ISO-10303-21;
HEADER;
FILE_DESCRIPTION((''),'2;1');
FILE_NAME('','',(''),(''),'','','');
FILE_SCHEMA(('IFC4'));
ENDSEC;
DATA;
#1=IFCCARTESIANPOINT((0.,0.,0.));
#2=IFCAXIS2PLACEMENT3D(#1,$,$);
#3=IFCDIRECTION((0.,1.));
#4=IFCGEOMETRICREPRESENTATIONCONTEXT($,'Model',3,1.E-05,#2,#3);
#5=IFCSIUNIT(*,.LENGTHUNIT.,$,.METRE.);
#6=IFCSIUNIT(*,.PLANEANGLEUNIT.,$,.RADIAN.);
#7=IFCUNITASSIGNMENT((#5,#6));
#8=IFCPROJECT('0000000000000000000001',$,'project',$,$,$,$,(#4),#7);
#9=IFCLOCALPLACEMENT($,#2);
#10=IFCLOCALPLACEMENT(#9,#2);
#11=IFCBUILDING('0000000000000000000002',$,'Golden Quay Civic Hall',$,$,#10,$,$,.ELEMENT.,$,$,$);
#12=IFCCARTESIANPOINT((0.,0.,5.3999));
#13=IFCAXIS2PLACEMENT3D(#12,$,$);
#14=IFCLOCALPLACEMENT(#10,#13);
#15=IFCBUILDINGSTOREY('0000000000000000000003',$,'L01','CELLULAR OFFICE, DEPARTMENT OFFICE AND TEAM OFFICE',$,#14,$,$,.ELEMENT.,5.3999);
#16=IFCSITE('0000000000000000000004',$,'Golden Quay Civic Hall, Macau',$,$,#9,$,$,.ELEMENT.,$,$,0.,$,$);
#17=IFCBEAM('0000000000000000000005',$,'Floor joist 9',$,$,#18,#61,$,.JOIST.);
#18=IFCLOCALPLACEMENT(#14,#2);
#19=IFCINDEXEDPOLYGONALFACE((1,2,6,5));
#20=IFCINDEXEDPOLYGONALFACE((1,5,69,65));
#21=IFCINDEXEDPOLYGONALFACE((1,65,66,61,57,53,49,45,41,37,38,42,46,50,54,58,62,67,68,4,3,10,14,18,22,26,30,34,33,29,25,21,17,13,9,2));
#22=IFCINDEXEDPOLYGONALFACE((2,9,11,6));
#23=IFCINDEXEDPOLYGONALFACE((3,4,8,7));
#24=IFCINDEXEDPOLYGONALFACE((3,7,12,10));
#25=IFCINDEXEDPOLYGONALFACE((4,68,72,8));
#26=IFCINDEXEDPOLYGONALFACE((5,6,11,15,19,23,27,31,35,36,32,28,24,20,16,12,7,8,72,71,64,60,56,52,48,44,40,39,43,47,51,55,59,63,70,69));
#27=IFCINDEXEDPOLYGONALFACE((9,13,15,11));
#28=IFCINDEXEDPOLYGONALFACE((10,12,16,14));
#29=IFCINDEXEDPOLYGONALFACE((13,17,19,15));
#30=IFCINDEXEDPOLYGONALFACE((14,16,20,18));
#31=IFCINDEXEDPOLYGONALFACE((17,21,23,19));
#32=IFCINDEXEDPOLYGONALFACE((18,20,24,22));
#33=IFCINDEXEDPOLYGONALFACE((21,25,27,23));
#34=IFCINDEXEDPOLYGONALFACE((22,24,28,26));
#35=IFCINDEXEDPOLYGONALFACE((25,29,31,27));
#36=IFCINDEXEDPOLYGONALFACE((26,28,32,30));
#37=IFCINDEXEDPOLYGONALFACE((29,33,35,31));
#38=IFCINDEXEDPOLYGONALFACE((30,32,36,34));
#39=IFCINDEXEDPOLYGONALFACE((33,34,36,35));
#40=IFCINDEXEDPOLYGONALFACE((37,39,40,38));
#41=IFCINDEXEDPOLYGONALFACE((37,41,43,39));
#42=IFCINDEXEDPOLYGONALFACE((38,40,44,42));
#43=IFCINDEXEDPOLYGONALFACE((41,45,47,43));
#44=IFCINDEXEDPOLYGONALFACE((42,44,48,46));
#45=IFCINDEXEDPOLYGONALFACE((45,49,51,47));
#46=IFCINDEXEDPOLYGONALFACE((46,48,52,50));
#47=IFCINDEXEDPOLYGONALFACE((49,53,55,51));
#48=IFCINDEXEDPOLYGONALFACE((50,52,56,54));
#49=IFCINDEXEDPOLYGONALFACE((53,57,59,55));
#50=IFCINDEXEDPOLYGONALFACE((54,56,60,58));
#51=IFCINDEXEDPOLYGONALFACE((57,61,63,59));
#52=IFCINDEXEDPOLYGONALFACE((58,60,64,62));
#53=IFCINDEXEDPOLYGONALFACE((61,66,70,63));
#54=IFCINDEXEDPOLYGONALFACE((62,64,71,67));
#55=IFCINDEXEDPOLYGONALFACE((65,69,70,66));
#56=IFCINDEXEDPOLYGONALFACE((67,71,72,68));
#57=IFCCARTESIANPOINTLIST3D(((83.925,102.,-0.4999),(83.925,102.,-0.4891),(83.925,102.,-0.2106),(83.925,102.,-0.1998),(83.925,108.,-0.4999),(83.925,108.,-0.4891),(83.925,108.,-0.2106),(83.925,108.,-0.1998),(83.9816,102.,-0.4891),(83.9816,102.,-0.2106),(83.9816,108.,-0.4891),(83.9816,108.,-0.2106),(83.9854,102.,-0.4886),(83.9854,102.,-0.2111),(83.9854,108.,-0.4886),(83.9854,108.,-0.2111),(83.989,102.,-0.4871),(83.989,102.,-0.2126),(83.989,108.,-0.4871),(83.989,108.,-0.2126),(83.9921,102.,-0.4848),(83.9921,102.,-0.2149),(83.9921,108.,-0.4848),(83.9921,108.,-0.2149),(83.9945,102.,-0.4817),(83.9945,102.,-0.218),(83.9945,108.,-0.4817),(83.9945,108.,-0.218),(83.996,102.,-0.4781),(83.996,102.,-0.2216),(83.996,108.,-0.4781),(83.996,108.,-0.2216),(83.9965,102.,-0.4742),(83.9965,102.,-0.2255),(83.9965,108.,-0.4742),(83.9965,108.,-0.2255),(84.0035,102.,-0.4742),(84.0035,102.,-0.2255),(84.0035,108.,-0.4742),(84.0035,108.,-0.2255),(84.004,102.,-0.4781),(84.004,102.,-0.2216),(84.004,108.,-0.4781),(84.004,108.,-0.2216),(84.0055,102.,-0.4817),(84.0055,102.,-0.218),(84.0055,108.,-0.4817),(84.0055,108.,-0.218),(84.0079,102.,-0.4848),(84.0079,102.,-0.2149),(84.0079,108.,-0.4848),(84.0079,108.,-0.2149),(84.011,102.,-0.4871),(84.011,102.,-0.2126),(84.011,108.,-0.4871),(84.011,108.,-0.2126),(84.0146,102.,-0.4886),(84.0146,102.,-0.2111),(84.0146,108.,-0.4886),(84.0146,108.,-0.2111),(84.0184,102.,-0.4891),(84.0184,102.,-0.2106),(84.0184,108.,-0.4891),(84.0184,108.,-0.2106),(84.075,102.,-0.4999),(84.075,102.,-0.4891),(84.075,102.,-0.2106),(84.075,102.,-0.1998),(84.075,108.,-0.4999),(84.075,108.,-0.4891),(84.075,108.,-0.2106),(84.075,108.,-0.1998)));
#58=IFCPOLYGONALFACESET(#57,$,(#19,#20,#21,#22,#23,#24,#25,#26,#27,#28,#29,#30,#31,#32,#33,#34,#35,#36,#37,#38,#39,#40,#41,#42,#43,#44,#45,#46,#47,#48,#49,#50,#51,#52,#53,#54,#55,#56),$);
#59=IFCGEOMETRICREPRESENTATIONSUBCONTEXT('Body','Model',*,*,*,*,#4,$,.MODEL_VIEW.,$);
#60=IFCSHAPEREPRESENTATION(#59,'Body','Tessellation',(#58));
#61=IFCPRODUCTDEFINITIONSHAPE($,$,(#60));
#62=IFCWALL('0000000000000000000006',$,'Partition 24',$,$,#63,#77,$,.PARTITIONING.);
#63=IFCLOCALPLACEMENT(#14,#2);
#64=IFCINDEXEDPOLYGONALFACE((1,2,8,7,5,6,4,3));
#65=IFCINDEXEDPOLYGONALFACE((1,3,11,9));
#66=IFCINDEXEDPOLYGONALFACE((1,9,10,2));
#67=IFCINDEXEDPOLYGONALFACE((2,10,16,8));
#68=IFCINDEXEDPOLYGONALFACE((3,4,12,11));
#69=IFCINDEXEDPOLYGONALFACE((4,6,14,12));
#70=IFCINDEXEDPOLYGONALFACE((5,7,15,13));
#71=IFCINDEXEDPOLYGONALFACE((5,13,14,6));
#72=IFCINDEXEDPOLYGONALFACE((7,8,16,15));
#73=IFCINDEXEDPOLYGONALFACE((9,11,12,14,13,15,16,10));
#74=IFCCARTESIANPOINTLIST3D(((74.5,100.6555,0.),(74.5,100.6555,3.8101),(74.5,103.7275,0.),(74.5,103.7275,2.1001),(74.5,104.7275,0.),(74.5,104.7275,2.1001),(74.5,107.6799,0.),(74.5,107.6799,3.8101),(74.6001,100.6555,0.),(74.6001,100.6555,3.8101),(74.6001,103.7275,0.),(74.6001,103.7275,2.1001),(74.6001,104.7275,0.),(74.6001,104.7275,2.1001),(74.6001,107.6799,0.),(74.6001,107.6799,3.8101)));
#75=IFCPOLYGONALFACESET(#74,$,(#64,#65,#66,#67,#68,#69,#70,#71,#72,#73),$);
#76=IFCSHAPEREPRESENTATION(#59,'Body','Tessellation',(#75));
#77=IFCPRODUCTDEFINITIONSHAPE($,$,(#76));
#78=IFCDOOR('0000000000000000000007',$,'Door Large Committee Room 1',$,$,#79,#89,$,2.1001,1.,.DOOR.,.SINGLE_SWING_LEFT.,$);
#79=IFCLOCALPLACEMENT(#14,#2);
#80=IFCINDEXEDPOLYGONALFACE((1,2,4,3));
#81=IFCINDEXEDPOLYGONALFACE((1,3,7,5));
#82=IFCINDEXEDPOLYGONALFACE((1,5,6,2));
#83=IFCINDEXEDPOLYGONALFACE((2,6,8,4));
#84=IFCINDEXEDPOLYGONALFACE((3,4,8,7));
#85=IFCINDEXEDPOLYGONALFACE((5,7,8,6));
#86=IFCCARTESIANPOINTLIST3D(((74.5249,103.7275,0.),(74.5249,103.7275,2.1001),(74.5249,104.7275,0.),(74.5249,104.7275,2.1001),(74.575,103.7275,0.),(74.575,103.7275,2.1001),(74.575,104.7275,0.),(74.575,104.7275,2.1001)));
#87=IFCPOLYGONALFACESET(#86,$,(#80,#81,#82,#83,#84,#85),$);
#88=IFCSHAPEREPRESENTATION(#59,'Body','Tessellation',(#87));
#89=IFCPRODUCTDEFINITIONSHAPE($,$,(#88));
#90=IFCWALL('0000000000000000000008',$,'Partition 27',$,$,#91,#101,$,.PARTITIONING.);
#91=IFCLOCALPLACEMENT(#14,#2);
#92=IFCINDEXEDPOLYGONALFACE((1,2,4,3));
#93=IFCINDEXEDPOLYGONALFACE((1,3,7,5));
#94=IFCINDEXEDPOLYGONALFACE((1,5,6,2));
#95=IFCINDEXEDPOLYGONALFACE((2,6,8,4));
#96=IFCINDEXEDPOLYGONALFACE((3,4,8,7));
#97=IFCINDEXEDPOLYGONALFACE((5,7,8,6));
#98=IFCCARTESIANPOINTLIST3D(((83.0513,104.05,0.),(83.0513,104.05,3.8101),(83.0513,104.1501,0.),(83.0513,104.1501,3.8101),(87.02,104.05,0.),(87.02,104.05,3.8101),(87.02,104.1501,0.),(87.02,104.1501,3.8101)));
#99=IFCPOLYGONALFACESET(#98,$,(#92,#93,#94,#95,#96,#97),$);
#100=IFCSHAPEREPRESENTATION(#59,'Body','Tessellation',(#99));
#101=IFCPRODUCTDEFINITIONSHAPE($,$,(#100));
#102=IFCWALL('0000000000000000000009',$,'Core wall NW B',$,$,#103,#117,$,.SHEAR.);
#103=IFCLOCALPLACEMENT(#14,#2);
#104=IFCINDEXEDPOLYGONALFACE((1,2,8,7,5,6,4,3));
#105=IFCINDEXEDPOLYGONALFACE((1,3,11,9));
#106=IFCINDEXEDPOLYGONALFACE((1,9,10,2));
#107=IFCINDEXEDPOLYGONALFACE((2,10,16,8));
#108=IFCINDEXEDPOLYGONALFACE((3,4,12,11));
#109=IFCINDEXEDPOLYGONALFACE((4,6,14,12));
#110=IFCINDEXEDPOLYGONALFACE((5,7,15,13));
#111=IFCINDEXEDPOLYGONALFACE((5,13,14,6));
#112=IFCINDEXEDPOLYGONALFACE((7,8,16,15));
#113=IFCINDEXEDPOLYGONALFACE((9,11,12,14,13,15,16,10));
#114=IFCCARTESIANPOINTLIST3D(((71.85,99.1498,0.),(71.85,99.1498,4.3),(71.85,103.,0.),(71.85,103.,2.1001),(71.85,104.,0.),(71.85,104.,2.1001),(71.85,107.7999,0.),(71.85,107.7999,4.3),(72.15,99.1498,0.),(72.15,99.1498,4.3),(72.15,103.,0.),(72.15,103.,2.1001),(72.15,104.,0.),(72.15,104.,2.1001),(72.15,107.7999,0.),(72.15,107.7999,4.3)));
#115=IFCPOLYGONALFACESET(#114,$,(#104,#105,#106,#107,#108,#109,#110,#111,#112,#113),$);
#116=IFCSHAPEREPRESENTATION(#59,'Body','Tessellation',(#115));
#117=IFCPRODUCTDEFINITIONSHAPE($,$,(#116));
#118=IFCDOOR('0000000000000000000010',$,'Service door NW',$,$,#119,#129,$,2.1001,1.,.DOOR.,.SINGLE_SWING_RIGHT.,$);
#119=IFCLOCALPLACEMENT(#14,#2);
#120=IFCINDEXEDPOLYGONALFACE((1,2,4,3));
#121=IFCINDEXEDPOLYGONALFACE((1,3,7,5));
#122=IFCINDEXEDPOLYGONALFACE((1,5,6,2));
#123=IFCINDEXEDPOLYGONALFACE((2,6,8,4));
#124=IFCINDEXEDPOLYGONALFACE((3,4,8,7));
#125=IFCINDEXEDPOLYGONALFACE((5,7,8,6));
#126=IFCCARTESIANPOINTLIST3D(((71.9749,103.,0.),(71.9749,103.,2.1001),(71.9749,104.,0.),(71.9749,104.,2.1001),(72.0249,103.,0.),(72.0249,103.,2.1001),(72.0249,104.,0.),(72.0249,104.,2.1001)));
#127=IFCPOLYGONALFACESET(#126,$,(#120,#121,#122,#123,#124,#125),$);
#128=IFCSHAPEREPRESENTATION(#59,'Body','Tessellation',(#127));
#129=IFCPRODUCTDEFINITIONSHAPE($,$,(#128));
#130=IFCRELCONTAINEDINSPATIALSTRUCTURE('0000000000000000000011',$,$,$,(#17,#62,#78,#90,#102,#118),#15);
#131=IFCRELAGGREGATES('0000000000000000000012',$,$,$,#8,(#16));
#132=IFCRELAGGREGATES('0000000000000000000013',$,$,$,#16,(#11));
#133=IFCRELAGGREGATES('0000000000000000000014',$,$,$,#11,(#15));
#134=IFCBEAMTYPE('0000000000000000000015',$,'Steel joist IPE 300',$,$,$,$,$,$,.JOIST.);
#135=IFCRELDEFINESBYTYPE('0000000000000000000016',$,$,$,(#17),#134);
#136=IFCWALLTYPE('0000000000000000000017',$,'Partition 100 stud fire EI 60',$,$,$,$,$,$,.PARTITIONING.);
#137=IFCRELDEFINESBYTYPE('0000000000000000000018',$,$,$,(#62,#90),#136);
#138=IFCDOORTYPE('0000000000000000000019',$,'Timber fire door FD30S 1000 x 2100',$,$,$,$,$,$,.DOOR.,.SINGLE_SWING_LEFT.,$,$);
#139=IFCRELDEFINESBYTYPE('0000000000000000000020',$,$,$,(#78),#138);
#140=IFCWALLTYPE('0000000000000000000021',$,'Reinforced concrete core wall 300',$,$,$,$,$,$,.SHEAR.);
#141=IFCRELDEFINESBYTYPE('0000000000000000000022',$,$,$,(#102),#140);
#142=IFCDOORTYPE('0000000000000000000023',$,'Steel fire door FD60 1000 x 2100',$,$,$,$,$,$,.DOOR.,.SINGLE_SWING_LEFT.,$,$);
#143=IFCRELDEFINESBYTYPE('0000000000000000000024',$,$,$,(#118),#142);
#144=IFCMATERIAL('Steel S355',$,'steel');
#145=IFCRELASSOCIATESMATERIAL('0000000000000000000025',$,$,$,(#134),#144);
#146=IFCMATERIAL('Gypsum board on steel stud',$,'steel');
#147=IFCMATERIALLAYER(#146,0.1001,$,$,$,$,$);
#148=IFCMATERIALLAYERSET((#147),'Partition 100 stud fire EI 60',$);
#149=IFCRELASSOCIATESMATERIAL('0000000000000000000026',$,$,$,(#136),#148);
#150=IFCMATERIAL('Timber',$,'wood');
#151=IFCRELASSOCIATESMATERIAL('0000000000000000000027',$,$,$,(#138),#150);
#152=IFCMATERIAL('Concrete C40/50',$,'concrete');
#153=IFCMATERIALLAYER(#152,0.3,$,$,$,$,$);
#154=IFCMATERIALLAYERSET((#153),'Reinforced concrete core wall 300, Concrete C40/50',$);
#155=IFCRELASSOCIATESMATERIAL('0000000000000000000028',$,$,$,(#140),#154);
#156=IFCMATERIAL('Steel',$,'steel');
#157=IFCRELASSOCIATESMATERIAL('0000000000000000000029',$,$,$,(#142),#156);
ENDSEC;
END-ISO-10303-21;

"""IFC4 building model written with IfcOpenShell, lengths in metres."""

from ifc_helpers import new_model, si_unit, direction, frame, frame_2d, origin, origin_2d, place, context, subcontext, project, spatial, rectangle, i_section, extrude, material, layer, layer_set, material_profile, profile_set, type_object, element, fill, save


model = new_model("IFC4")

# Units and contexts
model_context = context("Model", 3, precision=1e-05, world=origin(), true_north=direction((0.0, 1.0)))
body_context = subcontext(model_context, "Body", "Model", "MODEL_VIEW")
ifc_project = project(units=[si_unit("LENGTHUNIT", "METRE"), si_unit("PLANEANGLEUNIT", "RADIAN")], contexts=[model_context])

# Site, building, storey
site_placement = place(None, origin())
site = spatial("IfcSite", under=ifc_project, at=site_placement, Name="Golden Quay Civic Hall, Macau", CompositionType="ELEMENT", RefElevation=0.0)
building_placement = place(site_placement, origin())
building = spatial("IfcBuilding", under=site, at=building_placement, Name="Golden Quay Civic Hall", CompositionType="ELEMENT")
storey_placement = place(building_placement, frame((0.0, 0.0, 5.3999)))
storey = spatial("IfcBuildingStorey", under=building, at=storey_placement, Name="L01", Description="CELLULAR OFFICE, DEPARTMENT OFFICE AND TEAM OFFICE", CompositionType="ELEMENT", Elevation=5.3999)

# Beam
ifc_material_1 = material(Name="Steel S355", Category="steel")
ifc_material_profile_1 = material_profile(ifc_material_1, i_section(OverallWidth=0.1499, OverallDepth=0.3, WebThickness=0.0071, FlangeThickness=0.0107, FilletRadius=0.0149, at=origin_2d()), Name="IPE 300")
ifc_profile_set_1 = profile_set([ifc_material_profile_1], Name="Steel S355")
beam_type_1 = type_object("IfcBeamType", Name="Steel joist IPE 300", PredefinedType="JOIST", material=ifc_profile_set_1)
beam_1_placement = place(storey_placement, frame((84.0, 108.0, -0.3499), z_axis=(0.0, -1.0, 0.0), x_axis=(1.0, 0.0, 0.0)))
element("IfcBeam", 1, at=beam_1_placement, inside=storey, type_object=beam_type_1, Name="Floor joist 9", PredefinedType="JOIST", context=body_context, shape_type="SweptSolid", body=[
    extrude(i_section(OverallWidth=0.1499, OverallDepth=0.3, WebThickness=0.0071, FlangeThickness=0.0107, FilletRadius=0.0149, at=origin_2d()), origin(), (0.0, 0.0, 1.0), 6.0),
])

# Wall, opening, door
ifc_material_2 = material(Name="Gypsum board on steel stud", Category="steel")
ifc_layer_1 = layer(ifc_material_2, 0.1001)
ifc_layer_set_1 = layer_set([ifc_layer_1], Name="Partition 100 stud fire EI 60")
wall_type_1 = type_object("IfcWallType", Name="Partition 100 stud fire EI 60", PredefinedType="PARTITIONING", material=ifc_layer_set_1)
wall_1_placement = place(storey_placement, frame((74.55, 107.6799, 0.0), z_axis=(0.0, 0.0, 1.0), x_axis=(0.0, -1.0, 0.0)))
wall_1 = element("IfcWall", 2, at=wall_1_placement, inside=storey, type_object=wall_type_1, Name="Partition 24", PredefinedType="PARTITIONING", context=body_context, shape_type="SweptSolid", body=[
    extrude(rectangle(XDim=7.0244, YDim=0.1001, at=frame_2d((3.5122, 0.0))), origin(), (0.0, 0.0, 1.0), 3.8101),
])
opening_1_placement = place(wall_1_placement, frame((2.9524, 0.0, 0.0)))
opening_1 = element("IfcOpeningElement", 3, at=opening_1_placement, cuts=wall_1, PredefinedType="OPENING", context=body_context, shape_type="SweptSolid", body=[
    extrude(rectangle(XDim=1.0, YDim=2.1001, at=frame_2d((0.5, 1.05))), frame((0.0, 0.0601, 0.0), z_axis=(0.0, -1.0, 0.0), x_axis=(1.0, 0.0, 0.0)), (0.0, 0.0, 1.0), 0.1201),
])
ifc_material_3 = material(Name="Timber", Category="wood")
door_type_1 = type_object("IfcDoorType", Name="Timber fire door FD30S 1000 x 2100", OperationType="SINGLE_SWING_LEFT", PredefinedType="DOOR", material=ifc_material_3)
door_1_placement = place(opening_1_placement, origin())
door_1 = element("IfcDoor", 4, at=door_1_placement, inside=storey, type_object=door_type_1, Name="Door Large Committee Room 1", OperationType="SINGLE_SWING_LEFT", OverallHeight=2.1001, OverallWidth=1.0, PredefinedType="DOOR", context=body_context, shape_type="SweptSolid", body=[
    extrude(rectangle(XDim=1.0, YDim=2.1001, at=frame_2d((0.5, 1.05))), frame((0.0, 0.0249, 0.0), z_axis=(0.0, -1.0, 0.0), x_axis=(1.0, 0.0, 0.0)), (0.0, 0.0, 1.0), 0.05),
])
fill(opening_1, door_1)

# Wall
wall_2_placement = place(storey_placement, frame((83.0513, 104.1001, 0.0), z_axis=(0.0, 0.0, 1.0), x_axis=(1.0, 0.0, 0.0)))
element("IfcWall", 5, at=wall_2_placement, inside=storey, type_object=wall_type_1, Name="Partition 27", PredefinedType="PARTITIONING", context=body_context, shape_type="SweptSolid", body=[
    extrude(rectangle(XDim=3.9688, YDim=0.1001, at=frame_2d((1.9844, 0.0))), origin(), (0.0, 0.0, 1.0), 3.8101),
])

# Wall, opening, door
ifc_material_4 = material(Name="Concrete C40/50", Category="concrete")
ifc_layer_2 = layer(ifc_material_4, 0.3)
ifc_layer_set_2 = layer_set([ifc_layer_2], Name="Reinforced concrete core wall 300, Concrete C40/50")
wall_type_2 = type_object("IfcWallType", Name="Reinforced concrete core wall 300", PredefinedType="SHEAR", material=ifc_layer_set_2)
wall_3_placement = place(storey_placement, frame((72.0, 107.8, 0.0), z_axis=(0.0, 0.0, 1.0), x_axis=(0.0, -1.0, 0.0)))
wall_3 = element("IfcWall", 6, at=wall_3_placement, inside=storey, type_object=wall_type_2, Name="Core wall NW B", PredefinedType="SHEAR", context=body_context, shape_type="SweptSolid", body=[
    extrude(rectangle(XDim=8.6501, YDim=0.3, at=frame_2d((4.3252, 0.0))), origin(), (0.0, 0.0, 1.0), 4.3),
])
opening_2_placement = place(wall_3_placement, frame((3.8, 0.0, 0.0)))
opening_2 = element("IfcOpeningElement", 7, at=opening_2_placement, cuts=wall_3, PredefinedType="OPENING", context=body_context, shape_type="SweptSolid", body=[
    extrude(rectangle(XDim=1.0, YDim=2.1001, at=frame_2d((0.5, 1.05))), frame((0.0, 0.1599, 0.0), z_axis=(0.0, -1.0, 0.0), x_axis=(1.0, 0.0, 0.0)), (0.0, 0.0, 1.0), 0.3201),
])
ifc_material_5 = material(Name="Steel", Category="steel")
door_type_2 = type_object("IfcDoorType", Name="Steel fire door FD60 1000 x 2100", OperationType="SINGLE_SWING_LEFT", PredefinedType="DOOR", material=ifc_material_5)
door_2_placement = place(opening_2_placement, frame((1.0, 0.0, 0.0), z_axis=(0.0, 0.0, 1.0), x_axis=(-1.0, 0.0, 0.0)))
door_2 = element("IfcDoor", 8, at=door_2_placement, inside=storey, type_object=door_type_2, Name="Service door NW", OperationType="SINGLE_SWING_RIGHT", OverallHeight=2.1001, OverallWidth=1.0, PredefinedType="DOOR", context=body_context, shape_type="SweptSolid", body=[
    extrude(rectangle(XDim=1.0, YDim=2.1001, at=frame_2d((0.5, 1.05))), frame((0.0, 0.0251, 0.0), z_axis=(0.0, -1.0, 0.0), x_axis=(1.0, 0.0, 0.0)), (0.0, 0.0, 1.0), 0.05),
])
fill(opening_2, door_2)

save(model, "model.ifc")
